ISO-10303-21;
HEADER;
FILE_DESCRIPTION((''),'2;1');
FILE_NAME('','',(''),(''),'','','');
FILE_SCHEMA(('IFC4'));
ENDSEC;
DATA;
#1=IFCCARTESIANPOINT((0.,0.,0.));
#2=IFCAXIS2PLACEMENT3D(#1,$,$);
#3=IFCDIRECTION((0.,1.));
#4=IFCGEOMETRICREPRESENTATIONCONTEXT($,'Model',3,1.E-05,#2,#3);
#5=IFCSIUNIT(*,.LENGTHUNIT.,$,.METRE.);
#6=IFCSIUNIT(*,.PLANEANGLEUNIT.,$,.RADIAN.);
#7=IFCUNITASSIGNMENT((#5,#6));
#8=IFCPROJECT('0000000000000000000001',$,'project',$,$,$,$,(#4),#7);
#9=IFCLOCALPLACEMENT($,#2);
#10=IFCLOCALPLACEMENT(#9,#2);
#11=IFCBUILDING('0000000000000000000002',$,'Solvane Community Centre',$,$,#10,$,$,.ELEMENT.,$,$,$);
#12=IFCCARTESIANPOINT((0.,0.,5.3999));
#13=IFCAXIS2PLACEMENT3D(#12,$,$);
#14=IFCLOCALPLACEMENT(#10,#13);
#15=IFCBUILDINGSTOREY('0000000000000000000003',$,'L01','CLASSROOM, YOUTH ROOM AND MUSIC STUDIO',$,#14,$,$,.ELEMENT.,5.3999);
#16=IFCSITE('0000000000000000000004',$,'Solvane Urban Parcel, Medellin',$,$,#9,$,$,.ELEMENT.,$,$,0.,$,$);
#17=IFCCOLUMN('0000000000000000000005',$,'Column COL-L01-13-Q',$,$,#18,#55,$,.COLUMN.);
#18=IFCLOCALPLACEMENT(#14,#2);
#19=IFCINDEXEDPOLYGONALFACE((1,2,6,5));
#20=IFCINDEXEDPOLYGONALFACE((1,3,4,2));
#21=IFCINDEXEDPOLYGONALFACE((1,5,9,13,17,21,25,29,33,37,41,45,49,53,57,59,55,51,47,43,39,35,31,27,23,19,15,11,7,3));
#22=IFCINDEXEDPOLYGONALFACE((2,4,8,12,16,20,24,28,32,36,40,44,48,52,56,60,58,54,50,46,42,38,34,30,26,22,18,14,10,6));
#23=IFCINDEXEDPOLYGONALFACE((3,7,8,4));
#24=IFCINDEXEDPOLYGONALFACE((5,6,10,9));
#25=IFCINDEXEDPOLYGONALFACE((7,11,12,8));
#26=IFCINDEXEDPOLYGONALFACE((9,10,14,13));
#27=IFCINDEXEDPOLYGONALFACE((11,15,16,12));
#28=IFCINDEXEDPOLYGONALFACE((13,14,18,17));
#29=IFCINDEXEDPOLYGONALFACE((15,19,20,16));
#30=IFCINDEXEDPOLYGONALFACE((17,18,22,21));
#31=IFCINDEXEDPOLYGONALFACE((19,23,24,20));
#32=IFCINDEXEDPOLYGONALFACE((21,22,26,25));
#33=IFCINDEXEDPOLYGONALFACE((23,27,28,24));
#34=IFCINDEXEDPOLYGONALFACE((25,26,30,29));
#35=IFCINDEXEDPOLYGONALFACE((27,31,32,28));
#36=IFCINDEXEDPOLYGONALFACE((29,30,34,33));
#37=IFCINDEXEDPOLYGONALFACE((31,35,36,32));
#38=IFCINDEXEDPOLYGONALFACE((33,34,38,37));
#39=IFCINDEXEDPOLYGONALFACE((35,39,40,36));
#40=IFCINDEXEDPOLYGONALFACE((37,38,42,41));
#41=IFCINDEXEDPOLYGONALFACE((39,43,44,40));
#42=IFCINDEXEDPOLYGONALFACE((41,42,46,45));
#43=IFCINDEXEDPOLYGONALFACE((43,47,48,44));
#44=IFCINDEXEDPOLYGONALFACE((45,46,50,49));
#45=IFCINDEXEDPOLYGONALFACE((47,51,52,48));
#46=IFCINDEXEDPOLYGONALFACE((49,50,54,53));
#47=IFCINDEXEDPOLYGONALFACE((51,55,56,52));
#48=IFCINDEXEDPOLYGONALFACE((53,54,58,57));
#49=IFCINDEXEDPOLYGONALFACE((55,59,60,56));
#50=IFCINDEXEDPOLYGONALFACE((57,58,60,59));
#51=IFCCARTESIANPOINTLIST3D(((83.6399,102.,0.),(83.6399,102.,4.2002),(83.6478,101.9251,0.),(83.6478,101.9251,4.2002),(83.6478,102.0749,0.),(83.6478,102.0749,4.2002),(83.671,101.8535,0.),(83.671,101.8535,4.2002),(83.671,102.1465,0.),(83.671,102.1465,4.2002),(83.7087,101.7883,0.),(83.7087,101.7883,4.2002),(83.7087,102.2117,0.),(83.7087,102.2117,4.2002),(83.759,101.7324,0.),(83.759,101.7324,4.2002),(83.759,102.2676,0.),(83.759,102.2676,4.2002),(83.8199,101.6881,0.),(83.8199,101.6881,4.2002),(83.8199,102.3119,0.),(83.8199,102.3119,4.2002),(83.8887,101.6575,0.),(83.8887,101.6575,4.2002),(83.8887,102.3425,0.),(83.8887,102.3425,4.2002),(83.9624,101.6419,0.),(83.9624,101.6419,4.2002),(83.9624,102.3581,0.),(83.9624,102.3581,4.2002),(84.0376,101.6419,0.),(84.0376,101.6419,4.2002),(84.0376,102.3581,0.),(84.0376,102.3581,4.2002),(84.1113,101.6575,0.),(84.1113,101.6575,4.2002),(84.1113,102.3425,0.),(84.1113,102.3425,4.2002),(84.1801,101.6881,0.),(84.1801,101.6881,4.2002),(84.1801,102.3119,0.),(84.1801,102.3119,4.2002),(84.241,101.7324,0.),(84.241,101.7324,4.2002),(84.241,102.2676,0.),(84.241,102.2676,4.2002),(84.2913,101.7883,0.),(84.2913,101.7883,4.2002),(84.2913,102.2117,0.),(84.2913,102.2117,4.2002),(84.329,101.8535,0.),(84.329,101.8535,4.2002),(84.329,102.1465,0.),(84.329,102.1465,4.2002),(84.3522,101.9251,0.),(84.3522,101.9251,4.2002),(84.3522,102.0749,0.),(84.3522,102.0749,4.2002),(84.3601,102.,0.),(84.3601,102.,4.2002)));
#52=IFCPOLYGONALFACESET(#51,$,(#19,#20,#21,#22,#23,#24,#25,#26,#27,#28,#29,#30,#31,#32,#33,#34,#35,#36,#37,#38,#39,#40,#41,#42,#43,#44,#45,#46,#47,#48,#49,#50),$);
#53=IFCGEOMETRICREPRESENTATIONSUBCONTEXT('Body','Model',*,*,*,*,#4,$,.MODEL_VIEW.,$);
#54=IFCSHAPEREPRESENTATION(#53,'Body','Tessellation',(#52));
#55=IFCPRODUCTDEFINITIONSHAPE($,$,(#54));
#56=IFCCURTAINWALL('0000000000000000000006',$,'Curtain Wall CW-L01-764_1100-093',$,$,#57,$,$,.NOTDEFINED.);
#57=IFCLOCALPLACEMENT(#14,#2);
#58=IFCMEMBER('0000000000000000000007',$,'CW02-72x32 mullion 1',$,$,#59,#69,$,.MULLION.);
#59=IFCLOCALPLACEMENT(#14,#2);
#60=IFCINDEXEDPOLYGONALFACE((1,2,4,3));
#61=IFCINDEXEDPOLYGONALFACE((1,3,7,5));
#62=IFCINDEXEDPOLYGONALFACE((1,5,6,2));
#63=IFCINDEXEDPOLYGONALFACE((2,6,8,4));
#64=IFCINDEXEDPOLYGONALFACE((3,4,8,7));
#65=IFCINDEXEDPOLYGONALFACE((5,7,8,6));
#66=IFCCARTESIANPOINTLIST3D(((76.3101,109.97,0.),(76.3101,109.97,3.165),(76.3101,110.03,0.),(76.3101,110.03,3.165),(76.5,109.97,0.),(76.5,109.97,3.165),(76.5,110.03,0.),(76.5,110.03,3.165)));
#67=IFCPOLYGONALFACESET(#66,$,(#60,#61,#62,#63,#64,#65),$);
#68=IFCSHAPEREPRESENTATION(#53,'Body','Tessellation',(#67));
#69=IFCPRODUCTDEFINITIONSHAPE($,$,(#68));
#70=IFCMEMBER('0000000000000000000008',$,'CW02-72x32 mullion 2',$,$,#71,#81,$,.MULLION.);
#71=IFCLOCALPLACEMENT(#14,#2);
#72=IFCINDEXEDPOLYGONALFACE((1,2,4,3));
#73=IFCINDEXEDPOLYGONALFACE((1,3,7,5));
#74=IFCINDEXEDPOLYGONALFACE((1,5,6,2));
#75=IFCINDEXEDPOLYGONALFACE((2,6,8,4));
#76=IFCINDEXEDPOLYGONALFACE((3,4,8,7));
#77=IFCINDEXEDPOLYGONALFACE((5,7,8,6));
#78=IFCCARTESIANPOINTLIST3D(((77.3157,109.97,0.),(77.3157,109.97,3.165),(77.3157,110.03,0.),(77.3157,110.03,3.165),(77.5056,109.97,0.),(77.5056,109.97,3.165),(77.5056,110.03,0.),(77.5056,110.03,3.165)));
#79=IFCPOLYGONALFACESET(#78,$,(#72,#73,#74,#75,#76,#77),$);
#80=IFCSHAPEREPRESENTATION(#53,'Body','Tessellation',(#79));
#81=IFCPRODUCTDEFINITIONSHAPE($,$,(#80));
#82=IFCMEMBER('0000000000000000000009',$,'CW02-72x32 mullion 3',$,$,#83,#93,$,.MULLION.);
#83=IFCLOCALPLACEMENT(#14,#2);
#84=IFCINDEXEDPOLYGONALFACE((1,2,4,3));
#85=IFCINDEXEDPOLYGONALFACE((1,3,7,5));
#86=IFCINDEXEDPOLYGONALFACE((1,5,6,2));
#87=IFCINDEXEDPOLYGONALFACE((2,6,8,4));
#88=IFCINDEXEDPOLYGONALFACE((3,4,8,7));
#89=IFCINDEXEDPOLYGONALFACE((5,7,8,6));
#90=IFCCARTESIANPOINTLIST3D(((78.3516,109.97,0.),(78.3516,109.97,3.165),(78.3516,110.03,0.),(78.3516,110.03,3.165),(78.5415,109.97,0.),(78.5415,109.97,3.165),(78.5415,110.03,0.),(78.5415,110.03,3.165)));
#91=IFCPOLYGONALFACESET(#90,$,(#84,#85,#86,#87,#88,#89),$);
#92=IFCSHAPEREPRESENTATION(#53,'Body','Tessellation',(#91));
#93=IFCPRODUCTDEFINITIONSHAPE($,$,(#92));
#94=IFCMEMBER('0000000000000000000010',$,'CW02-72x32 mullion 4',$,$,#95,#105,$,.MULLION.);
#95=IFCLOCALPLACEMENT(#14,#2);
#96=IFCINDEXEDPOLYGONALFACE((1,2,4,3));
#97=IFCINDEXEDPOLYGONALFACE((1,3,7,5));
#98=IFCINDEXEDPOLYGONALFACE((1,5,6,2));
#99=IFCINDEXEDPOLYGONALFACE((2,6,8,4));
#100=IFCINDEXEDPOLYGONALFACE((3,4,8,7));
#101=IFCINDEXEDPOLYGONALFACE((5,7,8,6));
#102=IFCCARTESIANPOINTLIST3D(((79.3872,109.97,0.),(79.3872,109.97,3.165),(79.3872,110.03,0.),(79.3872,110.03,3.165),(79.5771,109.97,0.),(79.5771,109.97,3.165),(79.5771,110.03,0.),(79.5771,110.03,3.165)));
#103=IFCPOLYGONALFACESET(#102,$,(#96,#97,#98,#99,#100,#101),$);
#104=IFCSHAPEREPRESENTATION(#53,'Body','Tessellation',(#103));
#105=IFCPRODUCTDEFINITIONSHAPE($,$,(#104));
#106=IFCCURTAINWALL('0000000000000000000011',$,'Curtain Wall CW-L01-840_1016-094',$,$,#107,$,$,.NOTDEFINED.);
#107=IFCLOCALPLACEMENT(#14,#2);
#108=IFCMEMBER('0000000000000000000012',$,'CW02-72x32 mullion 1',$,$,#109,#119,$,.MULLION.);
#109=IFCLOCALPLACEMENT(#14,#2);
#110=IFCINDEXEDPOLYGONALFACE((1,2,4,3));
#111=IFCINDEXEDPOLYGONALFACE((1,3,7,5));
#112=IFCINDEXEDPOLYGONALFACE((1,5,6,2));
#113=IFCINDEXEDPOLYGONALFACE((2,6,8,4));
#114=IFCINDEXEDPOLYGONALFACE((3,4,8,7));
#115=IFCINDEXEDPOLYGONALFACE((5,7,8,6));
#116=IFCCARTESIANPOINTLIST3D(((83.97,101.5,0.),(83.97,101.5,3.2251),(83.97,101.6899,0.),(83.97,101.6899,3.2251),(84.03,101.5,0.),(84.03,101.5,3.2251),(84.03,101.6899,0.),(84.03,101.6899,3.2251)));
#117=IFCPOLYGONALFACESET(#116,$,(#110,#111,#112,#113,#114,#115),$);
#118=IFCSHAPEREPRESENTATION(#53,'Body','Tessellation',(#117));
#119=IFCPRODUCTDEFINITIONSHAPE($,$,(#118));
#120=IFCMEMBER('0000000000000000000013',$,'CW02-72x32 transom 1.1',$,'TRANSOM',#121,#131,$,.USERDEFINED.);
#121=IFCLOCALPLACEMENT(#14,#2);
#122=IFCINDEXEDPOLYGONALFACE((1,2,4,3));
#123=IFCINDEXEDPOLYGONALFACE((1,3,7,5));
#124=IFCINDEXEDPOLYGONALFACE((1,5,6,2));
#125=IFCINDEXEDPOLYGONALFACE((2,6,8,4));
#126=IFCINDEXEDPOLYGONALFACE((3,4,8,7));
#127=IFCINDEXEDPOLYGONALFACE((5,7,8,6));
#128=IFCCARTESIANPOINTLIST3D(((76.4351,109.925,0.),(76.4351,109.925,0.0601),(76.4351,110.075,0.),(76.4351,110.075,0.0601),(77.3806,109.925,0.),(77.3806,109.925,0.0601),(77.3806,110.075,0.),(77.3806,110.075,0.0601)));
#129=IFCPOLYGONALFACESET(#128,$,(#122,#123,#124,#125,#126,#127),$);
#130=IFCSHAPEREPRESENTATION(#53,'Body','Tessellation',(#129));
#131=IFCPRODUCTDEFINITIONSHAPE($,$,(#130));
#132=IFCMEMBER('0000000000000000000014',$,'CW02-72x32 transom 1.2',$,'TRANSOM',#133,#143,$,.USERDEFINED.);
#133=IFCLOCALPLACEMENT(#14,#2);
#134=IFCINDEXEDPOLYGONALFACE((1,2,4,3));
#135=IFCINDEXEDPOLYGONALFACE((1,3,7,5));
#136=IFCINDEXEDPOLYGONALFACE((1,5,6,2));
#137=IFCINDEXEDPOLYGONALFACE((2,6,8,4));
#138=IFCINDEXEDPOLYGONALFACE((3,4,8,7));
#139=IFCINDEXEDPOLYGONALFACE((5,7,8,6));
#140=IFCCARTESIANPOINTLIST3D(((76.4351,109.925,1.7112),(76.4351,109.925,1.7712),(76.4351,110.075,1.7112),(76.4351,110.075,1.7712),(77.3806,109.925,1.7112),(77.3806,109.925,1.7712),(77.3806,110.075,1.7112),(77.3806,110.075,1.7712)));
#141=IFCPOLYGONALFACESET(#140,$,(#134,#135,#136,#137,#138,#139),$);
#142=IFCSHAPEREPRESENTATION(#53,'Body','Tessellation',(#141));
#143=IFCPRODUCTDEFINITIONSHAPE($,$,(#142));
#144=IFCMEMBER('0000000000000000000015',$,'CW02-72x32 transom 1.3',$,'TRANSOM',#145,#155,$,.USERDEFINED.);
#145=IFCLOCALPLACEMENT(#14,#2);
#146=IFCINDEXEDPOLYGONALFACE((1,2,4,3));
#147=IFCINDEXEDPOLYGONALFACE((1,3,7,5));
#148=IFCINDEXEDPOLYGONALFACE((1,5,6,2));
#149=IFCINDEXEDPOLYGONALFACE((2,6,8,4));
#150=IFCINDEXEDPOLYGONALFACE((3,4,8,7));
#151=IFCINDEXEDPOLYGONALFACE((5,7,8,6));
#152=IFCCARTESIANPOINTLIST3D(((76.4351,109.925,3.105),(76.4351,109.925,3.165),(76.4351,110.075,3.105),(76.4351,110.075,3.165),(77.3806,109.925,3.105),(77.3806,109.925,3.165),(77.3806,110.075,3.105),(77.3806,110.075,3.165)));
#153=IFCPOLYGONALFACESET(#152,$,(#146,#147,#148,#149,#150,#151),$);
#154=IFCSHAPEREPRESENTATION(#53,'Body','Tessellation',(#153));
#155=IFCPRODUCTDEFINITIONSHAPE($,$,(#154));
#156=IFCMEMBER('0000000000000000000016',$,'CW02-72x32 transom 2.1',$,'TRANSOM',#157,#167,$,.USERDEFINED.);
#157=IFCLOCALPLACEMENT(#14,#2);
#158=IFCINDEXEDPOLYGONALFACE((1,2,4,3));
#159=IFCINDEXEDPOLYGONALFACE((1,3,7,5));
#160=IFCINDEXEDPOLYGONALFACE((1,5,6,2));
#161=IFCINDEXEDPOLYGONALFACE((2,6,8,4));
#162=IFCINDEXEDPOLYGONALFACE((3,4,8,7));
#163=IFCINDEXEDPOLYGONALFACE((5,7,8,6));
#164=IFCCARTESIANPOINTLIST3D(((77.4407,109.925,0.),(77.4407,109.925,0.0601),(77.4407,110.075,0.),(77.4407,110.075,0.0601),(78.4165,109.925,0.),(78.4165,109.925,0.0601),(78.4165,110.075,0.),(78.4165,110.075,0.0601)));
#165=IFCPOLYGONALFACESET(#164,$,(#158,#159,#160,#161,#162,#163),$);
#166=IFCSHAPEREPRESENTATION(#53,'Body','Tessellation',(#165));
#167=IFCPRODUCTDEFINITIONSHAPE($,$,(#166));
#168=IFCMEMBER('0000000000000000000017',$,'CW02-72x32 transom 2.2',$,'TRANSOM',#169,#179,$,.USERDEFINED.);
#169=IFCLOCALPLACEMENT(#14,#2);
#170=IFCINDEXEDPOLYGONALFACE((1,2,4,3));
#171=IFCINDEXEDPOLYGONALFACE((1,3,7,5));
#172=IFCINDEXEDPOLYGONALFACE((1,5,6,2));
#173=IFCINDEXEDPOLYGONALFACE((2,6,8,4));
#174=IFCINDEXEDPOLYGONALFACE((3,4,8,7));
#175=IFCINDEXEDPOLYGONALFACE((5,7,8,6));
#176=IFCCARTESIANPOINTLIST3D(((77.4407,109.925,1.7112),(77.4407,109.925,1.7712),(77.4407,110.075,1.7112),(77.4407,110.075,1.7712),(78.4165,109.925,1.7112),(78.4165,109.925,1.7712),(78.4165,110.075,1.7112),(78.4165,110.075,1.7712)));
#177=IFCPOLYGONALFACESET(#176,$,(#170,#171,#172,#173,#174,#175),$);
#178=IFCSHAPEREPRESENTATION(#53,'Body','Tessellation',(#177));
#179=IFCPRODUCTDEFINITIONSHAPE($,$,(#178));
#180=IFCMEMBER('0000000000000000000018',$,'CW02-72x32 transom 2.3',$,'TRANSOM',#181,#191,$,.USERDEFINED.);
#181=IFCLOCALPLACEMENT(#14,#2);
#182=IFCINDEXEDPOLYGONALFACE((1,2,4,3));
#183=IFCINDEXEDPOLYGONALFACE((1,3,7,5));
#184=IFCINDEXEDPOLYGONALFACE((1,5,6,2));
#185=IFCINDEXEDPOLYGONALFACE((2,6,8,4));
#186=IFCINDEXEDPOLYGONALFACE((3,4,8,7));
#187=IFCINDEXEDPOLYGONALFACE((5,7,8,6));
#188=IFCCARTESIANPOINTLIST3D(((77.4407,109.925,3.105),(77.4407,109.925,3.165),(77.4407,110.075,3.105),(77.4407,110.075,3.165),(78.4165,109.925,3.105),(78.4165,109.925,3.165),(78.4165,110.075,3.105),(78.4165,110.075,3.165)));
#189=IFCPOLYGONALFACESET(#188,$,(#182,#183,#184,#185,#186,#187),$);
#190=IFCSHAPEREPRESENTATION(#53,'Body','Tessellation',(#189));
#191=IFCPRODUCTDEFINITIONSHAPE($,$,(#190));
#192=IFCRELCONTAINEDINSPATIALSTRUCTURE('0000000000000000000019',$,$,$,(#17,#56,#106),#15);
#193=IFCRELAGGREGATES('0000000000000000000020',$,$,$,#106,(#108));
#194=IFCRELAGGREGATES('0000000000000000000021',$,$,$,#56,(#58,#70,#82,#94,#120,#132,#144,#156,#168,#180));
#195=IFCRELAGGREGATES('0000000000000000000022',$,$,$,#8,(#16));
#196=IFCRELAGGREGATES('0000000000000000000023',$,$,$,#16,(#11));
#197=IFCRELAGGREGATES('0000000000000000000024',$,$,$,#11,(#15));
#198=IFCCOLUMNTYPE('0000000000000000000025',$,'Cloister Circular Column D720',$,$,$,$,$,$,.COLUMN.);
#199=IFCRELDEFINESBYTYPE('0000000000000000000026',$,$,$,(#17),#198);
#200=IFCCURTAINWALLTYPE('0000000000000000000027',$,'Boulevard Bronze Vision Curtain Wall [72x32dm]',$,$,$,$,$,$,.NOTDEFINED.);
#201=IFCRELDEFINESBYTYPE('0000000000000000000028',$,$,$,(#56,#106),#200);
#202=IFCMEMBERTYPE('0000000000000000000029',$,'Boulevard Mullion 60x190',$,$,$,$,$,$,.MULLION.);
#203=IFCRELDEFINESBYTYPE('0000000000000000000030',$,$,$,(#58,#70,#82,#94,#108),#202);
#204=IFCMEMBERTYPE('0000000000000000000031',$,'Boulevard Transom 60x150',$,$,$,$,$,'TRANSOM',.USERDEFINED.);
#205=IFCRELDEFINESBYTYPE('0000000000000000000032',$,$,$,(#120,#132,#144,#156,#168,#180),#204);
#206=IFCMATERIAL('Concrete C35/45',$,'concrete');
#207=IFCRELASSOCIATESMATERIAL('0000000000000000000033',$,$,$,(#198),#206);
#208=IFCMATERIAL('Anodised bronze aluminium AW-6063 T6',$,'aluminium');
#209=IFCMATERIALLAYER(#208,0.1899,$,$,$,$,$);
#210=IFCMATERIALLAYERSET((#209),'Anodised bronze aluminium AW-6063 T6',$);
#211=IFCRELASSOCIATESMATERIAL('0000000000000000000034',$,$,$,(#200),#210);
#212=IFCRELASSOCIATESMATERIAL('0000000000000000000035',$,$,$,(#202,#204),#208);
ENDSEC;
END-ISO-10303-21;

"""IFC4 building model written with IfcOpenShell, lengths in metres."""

from ifc_helpers import new_model, si_unit, direction, frame, origin, origin_2d, place, context, subcontext, project, spatial, rectangle, circle, extrude, material, layer, layer_set, material_profile, profile_set, type_object, element, aggregate, save


model = new_model("IFC4")

# Units and contexts
model_context = context("Model", 3, precision=1e-05, world=origin(), true_north=direction((0.0, 1.0)))
body_context = subcontext(model_context, "Body", "Model", "MODEL_VIEW")
ifc_project = project(units=[si_unit("LENGTHUNIT", "METRE"), si_unit("PLANEANGLEUNIT", "RADIAN")], contexts=[model_context])

# Site, building, storey
site_placement = place(None, origin())
site = spatial("IfcSite", under=ifc_project, at=site_placement, Name="Solvane Urban Parcel, Medellin", CompositionType="ELEMENT", RefElevation=0.0)
building_placement = place(site_placement, origin())
building = spatial("IfcBuilding", under=site, at=building_placement, Name="Solvane Community Centre", CompositionType="ELEMENT")
storey_placement = place(building_placement, frame((0.0, 0.0, 5.3999)))
storey = spatial("IfcBuildingStorey", under=building, at=storey_placement, Name="L01", Description="CLASSROOM, YOUTH ROOM AND MUSIC STUDIO", CompositionType="ELEMENT", Elevation=5.3999)

# Column
ifc_material_1 = material(Name="Concrete C35/45", Category="concrete")
ifc_material_profile_1 = material_profile(ifc_material_1, circle(Radius=0.3601, at=origin_2d()), Name="RC D720")
ifc_profile_set_1 = profile_set([ifc_material_profile_1], Name="Concrete C35/45")
column_type = type_object("IfcColumnType", Name="Cloister Circular Column D720", PredefinedType="COLUMN", material=ifc_profile_set_1)
column_placement = place(storey_placement, frame((84.0, 102.0, 0.0), z_axis=(0.0, 0.0, 1.0), x_axis=(1.0, 0.0, 0.0)))
element("IfcColumn", 1, at=column_placement, inside=storey, type_object=column_type, Name="Column COL-L01-13-Q", PredefinedType="COLUMN", context=body_context, shape_type="SweptSolid", body=[
    extrude(circle(Radius=0.3601, at=origin_2d()), origin(), (0.0, 0.0, 1.0), 4.2002),
])

# Curtain wall, members
ifc_material_2 = material(Name="Anodised bronze aluminium AW-6063 T6", Category="aluminium")
ifc_layer_1 = layer(ifc_material_2, 0.1899)
ifc_layer_set_1 = layer_set([ifc_layer_1], Name="Anodised bronze aluminium AW-6063 T6")
curtain_wall_type = type_object("IfcCurtainWallType", Name="Boulevard Bronze Vision Curtain Wall [72x32dm]", PredefinedType="NOTDEFINED", material=ifc_layer_set_1)
curtain_wall_1_placement = place(storey_placement, origin())
curtain_wall_1 = element("IfcCurtainWall", 2, at=curtain_wall_1_placement, inside=storey, type_object=curtain_wall_type, Name="Curtain Wall CW-L01-764_1100-093", PredefinedType="NOTDEFINED")
ifc_material_profile_2 = material_profile(ifc_material_2, rectangle(XDim=0.0601, YDim=0.1899, at=origin_2d()), Name="CW-M 60x190")
ifc_profile_set_2 = profile_set([ifc_material_profile_2], Name="Anodised bronze aluminium AW-6063 T6")
member_type_1 = type_object("IfcMemberType", Name="Boulevard Mullion 60x190", PredefinedType="MULLION", material=ifc_profile_set_2)
member_1_placement = place(storey_placement, frame((76.405, 110.0, 0.0), z_axis=(0.0, 0.0, 1.0), x_axis=(0.0, 1.0, 0.0)))
member_1 = element("IfcMember", 3, at=member_1_placement, type_object=member_type_1, Name="CW02-72x32 mullion 1", PredefinedType="MULLION", context=body_context, shape_type="SweptSolid", body=[
    extrude(rectangle(XDim=0.0601, YDim=0.1899, at=origin_2d()), origin(), (0.0, 0.0, 1.0), 3.165),
])
member_2_placement = place(storey_placement, frame((77.4106, 110.0, 0.0), z_axis=(0.0, 0.0, 1.0), x_axis=(0.0, 1.0, 0.0)))
member_2 = element("IfcMember", 4, at=member_2_placement, type_object=member_type_1, Name="CW02-72x32 mullion 2", PredefinedType="MULLION", context=body_context, shape_type="SweptSolid", body=[
    extrude(rectangle(XDim=0.0601, YDim=0.1899, at=origin_2d()), origin(), (0.0, 0.0, 1.0), 3.165),
])
member_3_placement = place(storey_placement, frame((78.4465, 110.0, 0.0), z_axis=(0.0, 0.0, 1.0), x_axis=(0.0, 1.0, 0.0)))
member_3 = element("IfcMember", 5, at=member_3_placement, type_object=member_type_1, Name="CW02-72x32 mullion 3", PredefinedType="MULLION", context=body_context, shape_type="SweptSolid", body=[
    extrude(rectangle(XDim=0.0601, YDim=0.1899, at=origin_2d()), origin(), (0.0, 0.0, 1.0), 3.165),
])
member_4_placement = place(storey_placement, frame((79.4822, 110.0, 0.0), z_axis=(0.0, 0.0, 1.0), x_axis=(0.0, 1.0, 0.0)))
member_4 = element("IfcMember", 6, at=member_4_placement, type_object=member_type_1, Name="CW02-72x32 mullion 4", PredefinedType="MULLION", context=body_context, shape_type="SweptSolid", body=[
    extrude(rectangle(XDim=0.0601, YDim=0.1899, at=origin_2d()), origin(), (0.0, 0.0, 1.0), 3.165),
])

# Curtain wall, member
curtain_wall_2_placement = place(storey_placement, origin())
curtain_wall_2 = element("IfcCurtainWall", 7, at=curtain_wall_2_placement, inside=storey, type_object=curtain_wall_type, Name="Curtain Wall CW-L01-840_1016-094", PredefinedType="NOTDEFINED")
member_5_placement = place(storey_placement, frame((84.0, 101.595, 0.0), z_axis=(0.0, 0.0, 1.0), x_axis=(1.0, 0.0, 0.0)))
member_5 = element("IfcMember", 8, at=member_5_placement, type_object=member_type_1, Name="CW02-72x32 mullion 1", PredefinedType="MULLION", context=body_context, shape_type="SweptSolid", body=[
    extrude(rectangle(XDim=0.0601, YDim=0.1899, at=origin_2d()), origin(), (0.0, 0.0, 1.0), 3.2251),
])

# Members
ifc_material_profile_3 = material_profile(ifc_material_2, rectangle(XDim=0.1499, YDim=0.0601, at=origin_2d()), Name="CW-T 60x150")
ifc_profile_set_3 = profile_set([ifc_material_profile_3], Name="Anodised bronze aluminium AW-6063 T6")
member_type_2 = type_object("IfcMemberType", Name="Boulevard Transom 60x150", ElementType="TRANSOM", PredefinedType="USERDEFINED", material=ifc_profile_set_3)
member_6_placement = place(storey_placement, frame((76.4351, 110.0, 0.03), z_axis=(1.0, 0.0, 0.0), x_axis=(0.0, 1.0, 0.0)))
member_6 = element("IfcMember", 9, at=member_6_placement, type_object=member_type_2, Name="CW02-72x32 transom 1.1", ObjectType="TRANSOM", PredefinedType="USERDEFINED", context=body_context, shape_type="SweptSolid", body=[
    extrude(rectangle(XDim=0.1499, YDim=0.0601, at=origin_2d()), origin(), (0.0, 0.0, 1.0), 0.9456),
])
member_7_placement = place(storey_placement, frame((76.4351, 110.0, 1.7412), z_axis=(1.0, 0.0, 0.0), x_axis=(0.0, 1.0, 0.0)))
member_7 = element("IfcMember", 10, at=member_7_placement, type_object=member_type_2, Name="CW02-72x32 transom 1.2", ObjectType="TRANSOM", PredefinedType="USERDEFINED", context=body_context, shape_type="SweptSolid", body=[
    extrude(rectangle(XDim=0.1499, YDim=0.0601, at=origin_2d()), origin(), (0.0, 0.0, 1.0), 0.9456),
])
member_8_placement = place(storey_placement, frame((76.4351, 110.0, 3.135), z_axis=(1.0, 0.0, 0.0), x_axis=(0.0, 1.0, 0.0)))
member_8 = element("IfcMember", 11, at=member_8_placement, type_object=member_type_2, Name="CW02-72x32 transom 1.3", ObjectType="TRANSOM", PredefinedType="USERDEFINED", context=body_context, shape_type="SweptSolid", body=[
    extrude(rectangle(XDim=0.1499, YDim=0.0601, at=origin_2d()), origin(), (0.0, 0.0, 1.0), 0.9456),
])
member_9_placement = place(storey_placement, frame((77.4407, 110.0, 0.03), z_axis=(1.0, 0.0, 0.0), x_axis=(0.0, 1.0, 0.0)))
member_9 = element("IfcMember", 12, at=member_9_placement, type_object=member_type_2, Name="CW02-72x32 transom 2.1", ObjectType="TRANSOM", PredefinedType="USERDEFINED", context=body_context, shape_type="SweptSolid", body=[
    extrude(rectangle(XDim=0.1499, YDim=0.0601, at=origin_2d()), origin(), (0.0, 0.0, 1.0), 0.9758),
])
member_10_placement = place(storey_placement, frame((77.4407, 110.0, 1.7412), z_axis=(1.0, 0.0, 0.0), x_axis=(0.0, 1.0, 0.0)))
member_10 = element("IfcMember", 13, at=member_10_placement, type_object=member_type_2, Name="CW02-72x32 transom 2.2", ObjectType="TRANSOM", PredefinedType="USERDEFINED", context=body_context, shape_type="SweptSolid", body=[
    extrude(rectangle(XDim=0.1499, YDim=0.0601, at=origin_2d()), origin(), (0.0, 0.0, 1.0), 0.9758),
])
member_11_placement = place(storey_placement, frame((77.4407, 110.0, 3.135), z_axis=(1.0, 0.0, 0.0), x_axis=(0.0, 1.0, 0.0)))
member_11 = element("IfcMember", 14, at=member_11_placement, type_object=member_type_2, Name="CW02-72x32 transom 2.3", ObjectType="TRANSOM", PredefinedType="USERDEFINED", context=body_context, shape_type="SweptSolid", body=[
    extrude(rectangle(XDim=0.1499, YDim=0.0601, at=origin_2d()), origin(), (0.0, 0.0, 1.0), 0.9758),
])
aggregate(curtain_wall_2, [member_5])

aggregate(curtain_wall_1, [member_1, member_2, member_3, member_4, member_6, member_7, member_8, member_9, member_10, member_11])

save(model, "model.ifc")
